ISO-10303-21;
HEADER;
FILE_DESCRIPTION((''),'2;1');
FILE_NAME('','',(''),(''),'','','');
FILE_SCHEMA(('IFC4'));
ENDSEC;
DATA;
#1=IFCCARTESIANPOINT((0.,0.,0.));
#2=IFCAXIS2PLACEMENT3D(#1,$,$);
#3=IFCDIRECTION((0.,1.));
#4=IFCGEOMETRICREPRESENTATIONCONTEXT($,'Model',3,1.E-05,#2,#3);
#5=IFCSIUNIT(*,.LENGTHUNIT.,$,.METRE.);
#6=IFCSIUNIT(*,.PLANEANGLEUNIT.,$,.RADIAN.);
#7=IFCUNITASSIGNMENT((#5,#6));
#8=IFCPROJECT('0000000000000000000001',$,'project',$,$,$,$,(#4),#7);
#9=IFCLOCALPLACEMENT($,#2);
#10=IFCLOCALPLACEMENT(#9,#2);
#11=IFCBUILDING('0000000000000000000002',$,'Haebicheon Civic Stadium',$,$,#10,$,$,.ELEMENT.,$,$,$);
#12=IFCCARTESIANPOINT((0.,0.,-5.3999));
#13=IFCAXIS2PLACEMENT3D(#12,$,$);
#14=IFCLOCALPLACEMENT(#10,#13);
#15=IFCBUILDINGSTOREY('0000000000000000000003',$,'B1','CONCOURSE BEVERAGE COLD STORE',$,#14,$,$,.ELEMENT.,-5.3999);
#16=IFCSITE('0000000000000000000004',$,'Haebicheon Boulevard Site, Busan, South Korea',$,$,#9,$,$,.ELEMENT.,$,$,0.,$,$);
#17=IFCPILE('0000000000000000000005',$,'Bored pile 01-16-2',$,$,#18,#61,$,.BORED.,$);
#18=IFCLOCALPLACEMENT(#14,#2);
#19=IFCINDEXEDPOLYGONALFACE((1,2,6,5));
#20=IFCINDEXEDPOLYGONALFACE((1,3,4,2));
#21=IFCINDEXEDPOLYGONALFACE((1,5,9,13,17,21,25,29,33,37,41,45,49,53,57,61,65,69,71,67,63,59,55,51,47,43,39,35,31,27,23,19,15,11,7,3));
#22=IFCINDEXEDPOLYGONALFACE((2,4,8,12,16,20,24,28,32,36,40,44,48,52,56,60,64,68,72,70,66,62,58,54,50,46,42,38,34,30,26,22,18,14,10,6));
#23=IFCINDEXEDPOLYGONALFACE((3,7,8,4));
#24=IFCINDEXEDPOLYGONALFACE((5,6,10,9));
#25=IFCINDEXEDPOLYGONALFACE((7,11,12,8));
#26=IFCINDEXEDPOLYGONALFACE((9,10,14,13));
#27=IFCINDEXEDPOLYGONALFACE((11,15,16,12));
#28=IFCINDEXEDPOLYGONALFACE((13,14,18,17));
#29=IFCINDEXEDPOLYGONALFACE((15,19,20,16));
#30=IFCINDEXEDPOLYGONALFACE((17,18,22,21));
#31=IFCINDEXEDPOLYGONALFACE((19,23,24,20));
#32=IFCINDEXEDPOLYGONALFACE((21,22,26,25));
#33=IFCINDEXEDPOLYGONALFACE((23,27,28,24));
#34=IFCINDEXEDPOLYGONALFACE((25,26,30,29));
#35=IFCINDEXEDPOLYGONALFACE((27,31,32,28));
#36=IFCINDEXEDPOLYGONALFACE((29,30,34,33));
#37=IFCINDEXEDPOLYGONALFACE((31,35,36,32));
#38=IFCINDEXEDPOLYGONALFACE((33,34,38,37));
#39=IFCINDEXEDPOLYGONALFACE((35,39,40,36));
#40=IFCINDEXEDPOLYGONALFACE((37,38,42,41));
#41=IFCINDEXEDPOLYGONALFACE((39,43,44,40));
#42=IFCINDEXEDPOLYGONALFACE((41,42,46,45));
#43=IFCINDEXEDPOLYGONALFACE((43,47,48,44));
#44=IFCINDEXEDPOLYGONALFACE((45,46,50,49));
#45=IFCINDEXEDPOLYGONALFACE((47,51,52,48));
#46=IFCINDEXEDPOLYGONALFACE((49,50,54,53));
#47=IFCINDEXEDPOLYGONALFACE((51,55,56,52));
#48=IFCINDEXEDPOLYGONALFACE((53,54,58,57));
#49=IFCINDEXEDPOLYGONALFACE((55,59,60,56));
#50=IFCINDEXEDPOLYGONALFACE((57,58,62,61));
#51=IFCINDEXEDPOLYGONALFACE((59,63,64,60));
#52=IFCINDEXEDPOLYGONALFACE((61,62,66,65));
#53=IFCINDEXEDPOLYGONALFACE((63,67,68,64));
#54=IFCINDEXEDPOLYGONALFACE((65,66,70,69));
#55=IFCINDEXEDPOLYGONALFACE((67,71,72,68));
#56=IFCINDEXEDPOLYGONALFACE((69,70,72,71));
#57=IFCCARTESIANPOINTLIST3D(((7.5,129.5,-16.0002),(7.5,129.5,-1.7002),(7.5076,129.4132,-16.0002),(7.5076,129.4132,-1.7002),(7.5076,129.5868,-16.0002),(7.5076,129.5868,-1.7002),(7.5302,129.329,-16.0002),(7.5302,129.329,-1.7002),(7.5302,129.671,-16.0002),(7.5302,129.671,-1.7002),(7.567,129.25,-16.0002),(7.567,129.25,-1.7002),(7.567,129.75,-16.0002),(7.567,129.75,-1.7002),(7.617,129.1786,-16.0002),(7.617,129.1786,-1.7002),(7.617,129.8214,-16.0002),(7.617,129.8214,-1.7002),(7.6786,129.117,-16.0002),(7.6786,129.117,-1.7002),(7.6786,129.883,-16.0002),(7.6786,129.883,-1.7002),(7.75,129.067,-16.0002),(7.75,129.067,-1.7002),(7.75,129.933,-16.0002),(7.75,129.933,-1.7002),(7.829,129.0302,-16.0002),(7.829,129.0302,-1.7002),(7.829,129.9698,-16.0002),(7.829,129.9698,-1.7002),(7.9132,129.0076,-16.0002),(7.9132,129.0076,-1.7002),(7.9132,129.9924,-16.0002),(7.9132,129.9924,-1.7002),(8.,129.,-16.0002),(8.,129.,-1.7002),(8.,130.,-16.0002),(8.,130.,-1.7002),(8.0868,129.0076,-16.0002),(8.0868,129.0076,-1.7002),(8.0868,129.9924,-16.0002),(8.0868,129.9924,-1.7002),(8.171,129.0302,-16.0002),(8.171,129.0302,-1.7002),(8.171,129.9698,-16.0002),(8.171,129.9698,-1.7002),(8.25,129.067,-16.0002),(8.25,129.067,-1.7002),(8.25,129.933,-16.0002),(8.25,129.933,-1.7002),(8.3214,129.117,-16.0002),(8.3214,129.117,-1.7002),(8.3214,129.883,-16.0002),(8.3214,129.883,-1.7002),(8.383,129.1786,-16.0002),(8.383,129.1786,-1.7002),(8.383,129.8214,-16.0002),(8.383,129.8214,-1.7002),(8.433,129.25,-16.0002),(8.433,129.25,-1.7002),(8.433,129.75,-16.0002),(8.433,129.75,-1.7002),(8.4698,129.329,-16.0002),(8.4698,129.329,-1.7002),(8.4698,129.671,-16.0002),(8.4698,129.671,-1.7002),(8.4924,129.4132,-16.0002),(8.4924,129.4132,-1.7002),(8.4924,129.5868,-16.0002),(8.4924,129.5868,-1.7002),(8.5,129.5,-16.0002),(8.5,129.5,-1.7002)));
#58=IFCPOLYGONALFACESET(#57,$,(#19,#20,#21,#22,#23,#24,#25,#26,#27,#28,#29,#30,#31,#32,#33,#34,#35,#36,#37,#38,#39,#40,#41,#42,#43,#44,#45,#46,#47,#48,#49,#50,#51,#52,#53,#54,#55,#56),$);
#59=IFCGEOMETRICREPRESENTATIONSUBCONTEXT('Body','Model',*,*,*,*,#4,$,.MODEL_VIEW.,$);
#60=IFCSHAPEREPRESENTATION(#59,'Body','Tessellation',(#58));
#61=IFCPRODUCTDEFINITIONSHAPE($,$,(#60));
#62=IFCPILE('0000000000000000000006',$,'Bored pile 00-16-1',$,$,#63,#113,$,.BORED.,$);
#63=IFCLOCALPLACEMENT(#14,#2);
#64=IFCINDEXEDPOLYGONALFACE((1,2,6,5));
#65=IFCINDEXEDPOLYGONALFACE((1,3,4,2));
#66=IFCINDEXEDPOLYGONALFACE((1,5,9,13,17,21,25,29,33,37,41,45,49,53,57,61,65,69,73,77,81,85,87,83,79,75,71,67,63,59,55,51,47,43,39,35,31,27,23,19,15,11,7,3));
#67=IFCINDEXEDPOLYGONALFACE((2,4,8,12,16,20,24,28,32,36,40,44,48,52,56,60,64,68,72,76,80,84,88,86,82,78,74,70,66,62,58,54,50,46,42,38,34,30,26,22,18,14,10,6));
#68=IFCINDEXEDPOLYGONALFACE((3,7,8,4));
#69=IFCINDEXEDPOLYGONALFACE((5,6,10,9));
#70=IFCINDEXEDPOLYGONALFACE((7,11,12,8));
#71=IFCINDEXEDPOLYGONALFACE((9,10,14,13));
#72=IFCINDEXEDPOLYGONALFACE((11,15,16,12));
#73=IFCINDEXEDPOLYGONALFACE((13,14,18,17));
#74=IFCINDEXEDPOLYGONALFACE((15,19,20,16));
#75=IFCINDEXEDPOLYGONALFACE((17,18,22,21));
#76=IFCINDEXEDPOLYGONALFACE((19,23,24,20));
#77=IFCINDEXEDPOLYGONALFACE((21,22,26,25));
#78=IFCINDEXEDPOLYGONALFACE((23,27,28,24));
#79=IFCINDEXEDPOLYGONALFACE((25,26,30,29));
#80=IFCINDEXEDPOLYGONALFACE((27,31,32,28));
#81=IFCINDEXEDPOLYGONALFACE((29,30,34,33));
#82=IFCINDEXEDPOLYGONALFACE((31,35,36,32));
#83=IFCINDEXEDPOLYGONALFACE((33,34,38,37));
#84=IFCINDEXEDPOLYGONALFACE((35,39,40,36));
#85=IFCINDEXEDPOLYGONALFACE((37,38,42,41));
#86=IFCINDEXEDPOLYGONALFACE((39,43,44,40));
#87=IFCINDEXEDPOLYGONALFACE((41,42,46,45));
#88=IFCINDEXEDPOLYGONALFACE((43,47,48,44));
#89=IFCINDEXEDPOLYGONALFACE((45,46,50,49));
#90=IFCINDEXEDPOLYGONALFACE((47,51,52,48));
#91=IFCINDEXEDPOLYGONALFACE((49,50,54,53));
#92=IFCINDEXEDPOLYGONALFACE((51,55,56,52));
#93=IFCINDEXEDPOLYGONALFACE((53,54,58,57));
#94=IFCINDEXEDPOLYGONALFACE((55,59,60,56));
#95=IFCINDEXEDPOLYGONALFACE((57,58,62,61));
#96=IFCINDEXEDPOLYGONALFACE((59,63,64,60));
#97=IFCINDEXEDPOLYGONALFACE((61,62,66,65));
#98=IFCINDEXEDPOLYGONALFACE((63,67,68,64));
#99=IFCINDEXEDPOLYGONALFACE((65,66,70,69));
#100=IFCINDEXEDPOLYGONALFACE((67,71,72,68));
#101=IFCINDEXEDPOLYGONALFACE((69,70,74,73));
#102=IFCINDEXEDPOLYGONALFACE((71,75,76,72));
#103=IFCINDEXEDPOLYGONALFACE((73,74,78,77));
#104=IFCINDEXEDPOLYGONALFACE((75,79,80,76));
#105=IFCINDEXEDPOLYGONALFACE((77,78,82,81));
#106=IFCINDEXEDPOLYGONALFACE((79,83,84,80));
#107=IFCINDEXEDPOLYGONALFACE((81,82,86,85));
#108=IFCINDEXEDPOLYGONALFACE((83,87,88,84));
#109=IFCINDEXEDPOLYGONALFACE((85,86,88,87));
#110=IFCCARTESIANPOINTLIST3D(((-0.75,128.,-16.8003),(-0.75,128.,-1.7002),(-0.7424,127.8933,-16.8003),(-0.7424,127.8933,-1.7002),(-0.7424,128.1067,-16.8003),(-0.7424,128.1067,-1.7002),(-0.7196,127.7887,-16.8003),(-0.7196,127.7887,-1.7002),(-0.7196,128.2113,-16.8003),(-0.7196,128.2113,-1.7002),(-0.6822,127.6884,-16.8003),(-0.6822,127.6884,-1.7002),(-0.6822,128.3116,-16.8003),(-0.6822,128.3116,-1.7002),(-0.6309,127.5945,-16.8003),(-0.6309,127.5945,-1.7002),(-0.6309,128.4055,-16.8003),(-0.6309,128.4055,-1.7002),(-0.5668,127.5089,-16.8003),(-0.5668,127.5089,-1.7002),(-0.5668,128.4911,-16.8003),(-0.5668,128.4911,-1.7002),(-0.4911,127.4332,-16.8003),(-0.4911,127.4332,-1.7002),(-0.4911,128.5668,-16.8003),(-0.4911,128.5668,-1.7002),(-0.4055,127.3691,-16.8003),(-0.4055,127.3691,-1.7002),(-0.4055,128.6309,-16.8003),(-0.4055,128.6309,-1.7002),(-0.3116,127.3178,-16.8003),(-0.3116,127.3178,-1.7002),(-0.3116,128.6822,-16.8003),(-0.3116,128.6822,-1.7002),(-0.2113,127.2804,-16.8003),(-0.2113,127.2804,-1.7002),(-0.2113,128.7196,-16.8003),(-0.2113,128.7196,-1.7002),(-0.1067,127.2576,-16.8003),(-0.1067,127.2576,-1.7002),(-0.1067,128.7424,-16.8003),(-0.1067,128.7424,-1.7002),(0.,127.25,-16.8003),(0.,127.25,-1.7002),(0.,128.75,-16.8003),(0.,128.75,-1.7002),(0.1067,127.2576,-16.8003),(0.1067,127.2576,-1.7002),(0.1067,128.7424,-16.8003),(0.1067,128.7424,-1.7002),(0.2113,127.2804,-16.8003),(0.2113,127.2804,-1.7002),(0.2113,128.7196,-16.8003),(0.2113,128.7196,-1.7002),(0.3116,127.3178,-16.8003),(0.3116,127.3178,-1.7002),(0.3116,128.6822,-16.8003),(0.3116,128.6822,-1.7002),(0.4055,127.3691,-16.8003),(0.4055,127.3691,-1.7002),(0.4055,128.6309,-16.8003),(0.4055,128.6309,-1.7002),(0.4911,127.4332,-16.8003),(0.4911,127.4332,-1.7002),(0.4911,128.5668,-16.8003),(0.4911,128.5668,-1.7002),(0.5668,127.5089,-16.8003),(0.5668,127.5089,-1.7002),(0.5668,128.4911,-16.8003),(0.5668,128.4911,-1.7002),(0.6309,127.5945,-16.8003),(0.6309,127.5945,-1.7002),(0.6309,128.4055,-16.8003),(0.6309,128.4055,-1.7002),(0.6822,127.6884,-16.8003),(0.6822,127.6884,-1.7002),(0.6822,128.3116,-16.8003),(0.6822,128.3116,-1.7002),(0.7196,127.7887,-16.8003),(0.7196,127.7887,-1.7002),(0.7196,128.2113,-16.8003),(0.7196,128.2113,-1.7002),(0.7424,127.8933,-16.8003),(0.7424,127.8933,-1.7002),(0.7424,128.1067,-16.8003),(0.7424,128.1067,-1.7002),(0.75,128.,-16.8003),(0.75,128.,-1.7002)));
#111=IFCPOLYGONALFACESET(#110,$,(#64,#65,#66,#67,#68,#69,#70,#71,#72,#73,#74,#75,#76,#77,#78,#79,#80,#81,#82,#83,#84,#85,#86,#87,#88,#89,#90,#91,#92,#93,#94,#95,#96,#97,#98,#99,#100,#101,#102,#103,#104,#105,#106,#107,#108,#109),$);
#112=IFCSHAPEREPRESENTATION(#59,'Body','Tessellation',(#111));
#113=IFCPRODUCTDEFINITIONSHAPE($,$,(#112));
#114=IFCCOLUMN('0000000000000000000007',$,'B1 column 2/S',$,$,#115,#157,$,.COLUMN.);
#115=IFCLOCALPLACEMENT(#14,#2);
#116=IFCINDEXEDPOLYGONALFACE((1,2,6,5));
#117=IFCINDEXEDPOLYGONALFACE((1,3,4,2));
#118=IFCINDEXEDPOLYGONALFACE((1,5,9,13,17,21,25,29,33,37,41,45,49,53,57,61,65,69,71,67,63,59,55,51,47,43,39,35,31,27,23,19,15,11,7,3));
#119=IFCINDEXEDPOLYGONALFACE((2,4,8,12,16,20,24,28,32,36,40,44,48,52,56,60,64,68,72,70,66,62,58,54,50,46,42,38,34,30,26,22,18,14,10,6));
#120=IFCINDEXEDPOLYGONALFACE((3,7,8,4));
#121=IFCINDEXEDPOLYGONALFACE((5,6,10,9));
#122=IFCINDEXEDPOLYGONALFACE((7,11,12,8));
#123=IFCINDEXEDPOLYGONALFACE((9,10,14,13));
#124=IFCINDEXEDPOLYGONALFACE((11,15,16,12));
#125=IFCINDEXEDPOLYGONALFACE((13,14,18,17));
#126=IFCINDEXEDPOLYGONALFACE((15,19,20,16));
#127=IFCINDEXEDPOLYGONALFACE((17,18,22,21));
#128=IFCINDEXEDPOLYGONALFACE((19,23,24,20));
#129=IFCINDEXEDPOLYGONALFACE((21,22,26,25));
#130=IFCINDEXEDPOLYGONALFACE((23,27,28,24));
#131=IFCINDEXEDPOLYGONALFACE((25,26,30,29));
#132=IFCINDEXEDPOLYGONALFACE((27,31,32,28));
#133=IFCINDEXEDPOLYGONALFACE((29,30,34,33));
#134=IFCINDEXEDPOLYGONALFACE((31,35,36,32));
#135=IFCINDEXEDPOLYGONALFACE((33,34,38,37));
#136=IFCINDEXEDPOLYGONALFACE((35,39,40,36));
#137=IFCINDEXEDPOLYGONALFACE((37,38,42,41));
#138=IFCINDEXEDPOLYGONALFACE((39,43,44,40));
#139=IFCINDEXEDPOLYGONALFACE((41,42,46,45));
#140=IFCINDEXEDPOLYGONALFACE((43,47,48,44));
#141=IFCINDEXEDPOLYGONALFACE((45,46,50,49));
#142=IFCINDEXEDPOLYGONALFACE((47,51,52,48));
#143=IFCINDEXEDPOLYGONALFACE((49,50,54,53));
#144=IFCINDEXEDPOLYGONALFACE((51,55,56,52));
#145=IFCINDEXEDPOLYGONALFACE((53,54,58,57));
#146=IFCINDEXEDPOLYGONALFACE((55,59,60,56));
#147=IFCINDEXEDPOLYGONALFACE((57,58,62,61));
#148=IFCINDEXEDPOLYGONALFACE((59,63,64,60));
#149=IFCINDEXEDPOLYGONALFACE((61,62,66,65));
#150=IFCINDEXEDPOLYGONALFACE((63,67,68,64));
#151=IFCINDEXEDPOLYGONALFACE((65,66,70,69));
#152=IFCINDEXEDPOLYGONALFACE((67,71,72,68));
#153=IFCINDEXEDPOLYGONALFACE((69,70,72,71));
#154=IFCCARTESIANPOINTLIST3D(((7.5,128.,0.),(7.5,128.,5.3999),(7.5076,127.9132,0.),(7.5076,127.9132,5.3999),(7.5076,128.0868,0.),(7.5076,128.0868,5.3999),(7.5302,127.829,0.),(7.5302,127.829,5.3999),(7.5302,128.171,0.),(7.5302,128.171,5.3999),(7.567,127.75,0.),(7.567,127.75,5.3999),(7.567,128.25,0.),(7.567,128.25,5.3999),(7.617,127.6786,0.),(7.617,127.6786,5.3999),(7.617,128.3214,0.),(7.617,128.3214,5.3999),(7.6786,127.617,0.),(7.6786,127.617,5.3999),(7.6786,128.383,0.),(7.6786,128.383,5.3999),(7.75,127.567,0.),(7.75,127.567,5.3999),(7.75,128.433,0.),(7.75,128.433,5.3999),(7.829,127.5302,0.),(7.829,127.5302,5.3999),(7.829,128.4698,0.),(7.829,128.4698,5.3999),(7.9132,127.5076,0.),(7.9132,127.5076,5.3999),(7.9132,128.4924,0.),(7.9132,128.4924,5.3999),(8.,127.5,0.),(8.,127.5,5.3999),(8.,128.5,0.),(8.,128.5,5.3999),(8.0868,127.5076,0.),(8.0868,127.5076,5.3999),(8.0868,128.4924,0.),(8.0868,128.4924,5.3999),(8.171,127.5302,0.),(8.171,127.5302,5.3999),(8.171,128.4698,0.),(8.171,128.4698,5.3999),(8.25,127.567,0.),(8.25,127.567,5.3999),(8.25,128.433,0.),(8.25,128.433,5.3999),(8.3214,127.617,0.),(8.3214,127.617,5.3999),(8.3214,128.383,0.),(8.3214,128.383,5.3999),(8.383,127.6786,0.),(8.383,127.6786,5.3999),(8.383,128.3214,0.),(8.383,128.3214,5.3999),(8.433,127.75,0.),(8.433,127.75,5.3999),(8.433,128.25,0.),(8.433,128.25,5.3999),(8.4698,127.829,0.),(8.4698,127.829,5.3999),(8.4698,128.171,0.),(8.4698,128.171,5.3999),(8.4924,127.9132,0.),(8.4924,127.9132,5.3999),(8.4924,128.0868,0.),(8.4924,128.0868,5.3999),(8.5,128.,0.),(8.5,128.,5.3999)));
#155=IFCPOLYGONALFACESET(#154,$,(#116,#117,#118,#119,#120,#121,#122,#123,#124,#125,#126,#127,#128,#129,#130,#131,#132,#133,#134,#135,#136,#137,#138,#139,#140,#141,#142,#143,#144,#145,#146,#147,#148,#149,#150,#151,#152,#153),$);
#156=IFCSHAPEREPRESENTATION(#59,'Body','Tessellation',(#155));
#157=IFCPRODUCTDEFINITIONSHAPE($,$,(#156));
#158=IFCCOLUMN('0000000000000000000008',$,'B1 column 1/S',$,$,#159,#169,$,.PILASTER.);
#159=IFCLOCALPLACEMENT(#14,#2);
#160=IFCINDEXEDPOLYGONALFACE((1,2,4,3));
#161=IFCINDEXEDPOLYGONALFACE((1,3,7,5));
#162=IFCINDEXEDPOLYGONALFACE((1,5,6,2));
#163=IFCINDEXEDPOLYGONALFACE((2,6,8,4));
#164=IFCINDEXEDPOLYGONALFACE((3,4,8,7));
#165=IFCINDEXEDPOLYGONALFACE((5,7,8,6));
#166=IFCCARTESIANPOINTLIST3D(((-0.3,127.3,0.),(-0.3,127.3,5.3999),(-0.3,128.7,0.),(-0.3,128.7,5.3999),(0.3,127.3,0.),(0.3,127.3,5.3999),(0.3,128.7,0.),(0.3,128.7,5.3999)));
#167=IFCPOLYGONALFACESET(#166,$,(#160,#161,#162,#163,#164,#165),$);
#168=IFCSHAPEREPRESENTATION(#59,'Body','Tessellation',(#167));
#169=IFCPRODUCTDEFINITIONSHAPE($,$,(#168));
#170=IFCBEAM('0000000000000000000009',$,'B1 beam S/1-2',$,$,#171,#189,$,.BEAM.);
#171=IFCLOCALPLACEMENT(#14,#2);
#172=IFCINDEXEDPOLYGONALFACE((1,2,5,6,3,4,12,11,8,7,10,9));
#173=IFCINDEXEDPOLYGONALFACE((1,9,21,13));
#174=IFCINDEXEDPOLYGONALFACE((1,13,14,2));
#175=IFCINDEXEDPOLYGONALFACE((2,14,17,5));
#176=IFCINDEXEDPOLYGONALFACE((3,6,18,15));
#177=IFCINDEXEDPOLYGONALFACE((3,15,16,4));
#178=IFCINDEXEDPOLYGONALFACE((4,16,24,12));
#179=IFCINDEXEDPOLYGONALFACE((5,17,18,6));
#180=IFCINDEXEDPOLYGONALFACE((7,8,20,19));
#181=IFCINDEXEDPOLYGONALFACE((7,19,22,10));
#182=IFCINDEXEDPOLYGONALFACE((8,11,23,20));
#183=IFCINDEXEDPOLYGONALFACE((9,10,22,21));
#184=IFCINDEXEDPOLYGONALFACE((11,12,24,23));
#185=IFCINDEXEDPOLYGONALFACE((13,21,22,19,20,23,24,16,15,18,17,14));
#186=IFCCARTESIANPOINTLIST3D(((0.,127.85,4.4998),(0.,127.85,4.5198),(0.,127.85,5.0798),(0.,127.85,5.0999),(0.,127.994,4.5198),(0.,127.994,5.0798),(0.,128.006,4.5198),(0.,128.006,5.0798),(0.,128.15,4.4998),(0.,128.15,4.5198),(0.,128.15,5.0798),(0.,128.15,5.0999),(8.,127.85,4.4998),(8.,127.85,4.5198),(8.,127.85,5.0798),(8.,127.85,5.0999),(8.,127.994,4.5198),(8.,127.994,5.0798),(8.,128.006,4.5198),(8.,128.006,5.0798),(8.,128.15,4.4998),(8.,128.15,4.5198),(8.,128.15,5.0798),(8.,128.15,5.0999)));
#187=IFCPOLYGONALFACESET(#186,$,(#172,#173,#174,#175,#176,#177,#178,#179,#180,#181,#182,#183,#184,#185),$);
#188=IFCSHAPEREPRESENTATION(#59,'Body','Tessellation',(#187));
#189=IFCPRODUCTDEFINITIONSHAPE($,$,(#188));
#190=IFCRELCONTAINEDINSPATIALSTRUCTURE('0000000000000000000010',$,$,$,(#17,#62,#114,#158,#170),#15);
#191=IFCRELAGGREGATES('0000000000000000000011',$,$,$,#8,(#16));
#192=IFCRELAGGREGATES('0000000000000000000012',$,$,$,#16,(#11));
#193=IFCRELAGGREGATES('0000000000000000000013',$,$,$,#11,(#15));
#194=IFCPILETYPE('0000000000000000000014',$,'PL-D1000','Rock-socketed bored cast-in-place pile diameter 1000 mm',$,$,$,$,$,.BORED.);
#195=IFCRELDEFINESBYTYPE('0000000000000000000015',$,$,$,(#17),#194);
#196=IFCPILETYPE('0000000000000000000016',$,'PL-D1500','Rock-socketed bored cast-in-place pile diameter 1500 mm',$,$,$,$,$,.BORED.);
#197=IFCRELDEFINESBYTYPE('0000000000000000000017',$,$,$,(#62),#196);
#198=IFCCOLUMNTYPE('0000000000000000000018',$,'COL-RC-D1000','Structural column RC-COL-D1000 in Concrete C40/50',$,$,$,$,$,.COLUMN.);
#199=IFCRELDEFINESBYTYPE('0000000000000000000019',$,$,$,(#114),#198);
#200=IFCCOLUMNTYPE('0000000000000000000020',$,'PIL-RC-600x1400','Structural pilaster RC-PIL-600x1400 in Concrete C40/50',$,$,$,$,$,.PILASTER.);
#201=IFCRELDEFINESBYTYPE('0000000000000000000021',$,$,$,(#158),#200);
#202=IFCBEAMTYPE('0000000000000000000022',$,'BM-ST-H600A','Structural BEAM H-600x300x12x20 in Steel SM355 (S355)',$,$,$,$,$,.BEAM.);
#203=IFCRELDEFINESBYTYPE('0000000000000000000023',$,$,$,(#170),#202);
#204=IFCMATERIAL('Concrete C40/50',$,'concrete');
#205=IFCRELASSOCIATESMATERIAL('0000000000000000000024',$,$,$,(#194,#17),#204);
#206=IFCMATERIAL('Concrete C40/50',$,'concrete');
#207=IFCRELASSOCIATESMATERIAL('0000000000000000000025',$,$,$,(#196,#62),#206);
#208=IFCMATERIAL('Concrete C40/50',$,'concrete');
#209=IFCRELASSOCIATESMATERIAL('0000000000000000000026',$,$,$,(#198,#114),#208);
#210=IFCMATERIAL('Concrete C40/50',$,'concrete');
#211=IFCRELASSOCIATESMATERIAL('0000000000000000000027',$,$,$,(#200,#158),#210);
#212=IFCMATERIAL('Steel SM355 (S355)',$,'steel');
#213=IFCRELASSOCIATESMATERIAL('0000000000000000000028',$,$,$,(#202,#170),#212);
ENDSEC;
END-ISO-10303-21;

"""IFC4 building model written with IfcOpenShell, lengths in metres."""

from ifc_helpers import new_model, si_unit, direction, frame, origin, origin_2d, place, context, subcontext, project, spatial, rectangle, circle, i_section, extrude, material, material_profile, profile_set, type_object, element, save


model = new_model("IFC4")

# Units and contexts
model_context = context("Model", 3, precision=1e-05, world=origin(), true_north=direction((0.0, 1.0)))
body_context = subcontext(model_context, "Body", "Model", "MODEL_VIEW")
ifc_project = project(units=[si_unit("LENGTHUNIT", "METRE"), si_unit("PLANEANGLEUNIT", "RADIAN")], contexts=[model_context])

# Site, building, storey
site_placement = place(None, origin())
site = spatial("IfcSite", under=ifc_project, at=site_placement, Name="Haebicheon Boulevard Site, Busan, South Korea", CompositionType="ELEMENT", RefElevation=0.0)
building_placement = place(site_placement, origin())
building = spatial("IfcBuilding", under=site, at=building_placement, Name="Haebicheon Civic Stadium", CompositionType="ELEMENT")
storey_placement = place(building_placement, frame((0.0, 0.0, -5.3999)))
storey = spatial("IfcBuildingStorey", under=building, at=storey_placement, Name="B1", Description="CONCOURSE BEVERAGE COLD STORE", CompositionType="ELEMENT", Elevation=-5.3999)

# Piles
ifc_material_1 = material(Name="Concrete C40/50", Category="concrete")
ifc_material_profile_1 = material_profile(ifc_material_1, circle(Radius=0.5, at=origin_2d()), Name="PILE-D1000")
ifc_profile_set_1 = profile_set([ifc_material_profile_1], Name="Concrete C40/50")
pile_type_1 = type_object("IfcPileType", Name="PL-D1000", Description="Rock-socketed bored cast-in-place pile diameter 1000 mm", PredefinedType="BORED", material=ifc_profile_set_1)
for number, where, z_axis, x_axis, name in (
    (1, (8.0, 129.5, -1.7002), (0.0, 0.0, -1.0), (1.0, 0.0, 0.0), "Bored pile 01-16-2"),
):
    element("IfcPile", number, at=place(storey_placement, frame(where, z_axis=z_axis, x_axis=x_axis)), inside=storey, type_object=pile_type_1, material=ifc_profile_set_1, Name=name, PredefinedType="BORED", context=body_context, shape_type="SweptSolid", body=[
        extrude(circle(Radius=0.5, at=origin_2d()), origin(), (0.0, 0.0, 1.0), 14.3),
    ])
ifc_material_2 = material(Name="Concrete C40/50", Category="concrete")
ifc_material_profile_2 = material_profile(ifc_material_2, circle(Radius=0.75, at=origin_2d()), Name="PILE-D1500")
ifc_profile_set_2 = profile_set([ifc_material_profile_2], Name="Concrete C40/50")
pile_type_2 = type_object("IfcPileType", Name="PL-D1500", Description="Rock-socketed bored cast-in-place pile diameter 1500 mm", PredefinedType="BORED", material=ifc_profile_set_2)
pile_placement = place(storey_placement, frame((0.0, 128.0, -1.7002), z_axis=(0.0, 0.0, -1.0), x_axis=(1.0, 0.0, 0.0)))
element("IfcPile", 2, at=pile_placement, inside=storey, type_object=pile_type_2, material=ifc_profile_set_2, Name="Bored pile 00-16-1", PredefinedType="BORED", context=body_context, shape_type="SweptSolid", body=[
    extrude(circle(Radius=0.75, at=origin_2d()), origin(), (0.0, 0.0, 1.0), 15.1001),
])

# Columns
ifc_material_3 = material(Name="Concrete C40/50", Category="concrete")
ifc_material_profile_3 = material_profile(ifc_material_3, circle(Radius=0.5, at=origin_2d()), Name="RC-COL-D1000")
ifc_profile_set_3 = profile_set([ifc_material_profile_3], Name="Concrete C40/50")
column_type_1 = type_object("IfcColumnType", Name="COL-RC-D1000", Description="Structural column RC-COL-D1000 in Concrete C40/50", PredefinedType="COLUMN", material=ifc_profile_set_3)
column_1_placement = place(storey_placement, frame((8.0, 128.0, 0.0), z_axis=(0.0, 0.0, 1.0), x_axis=(1.0, 0.0, 0.0)))
element("IfcColumn", 3, at=column_1_placement, inside=storey, type_object=column_type_1, material=ifc_profile_set_3, Name="B1 column 2/S", PredefinedType="COLUMN", context=body_context, shape_type="SweptSolid", body=[
    extrude(circle(Radius=0.5, at=origin_2d()), origin(), (0.0, 0.0, 1.0), 5.3999),
])
ifc_material_4 = material(Name="Concrete C40/50", Category="concrete")
ifc_material_profile_4 = material_profile(ifc_material_4, rectangle(XDim=0.6001, YDim=1.3999, at=origin_2d()), Name="RC-PIL-600x1400")
ifc_profile_set_4 = profile_set([ifc_material_profile_4], Name="Concrete C40/50")
column_type_2 = type_object("IfcColumnType", Name="PIL-RC-600x1400", Description="Structural pilaster RC-PIL-600x1400 in Concrete C40/50", PredefinedType="PILASTER", material=ifc_profile_set_4)
column_2_placement = place(storey_placement, frame((0.0, 128.0, 0.0), z_axis=(0.0, 0.0, 1.0), x_axis=(1.0, 0.0, 0.0)))
element("IfcColumn", 4, at=column_2_placement, inside=storey, type_object=column_type_2, material=ifc_profile_set_4, Name="B1 column 1/S", PredefinedType="PILASTER", context=body_context, shape_type="SweptSolid", body=[
    extrude(rectangle(XDim=0.6001, YDim=1.3999, at=origin_2d()), origin(), (0.0, 0.0, 1.0), 5.3999),
])

# Beam
ifc_material_5 = material(Name="Steel SM355 (S355)", Category="steel")
ifc_material_profile_5 = material_profile(ifc_material_5, i_section(OverallWidth=0.3, OverallDepth=0.6001, WebThickness=0.012, FlangeThickness=0.02, at=origin_2d()), Name="H-600x300x12x20")
ifc_profile_set_5 = profile_set([ifc_material_profile_5], Name="Steel SM355 (S355)")
beam_type_1 = type_object("IfcBeamType", Name="BM-ST-H600A", Description="Structural BEAM H-600x300x12x20 in Steel SM355 (S355)", PredefinedType="BEAM", material=ifc_profile_set_5)
for number, where, z_axis, x_axis, name in (
    (5, (0.0, 128.0, 4.7998), (1.0, 0.0, 0.0), (0.0, 1.0, 0.0), "B1 beam S/1-2"),
):
    element("IfcBeam", number, at=place(storey_placement, frame(where, z_axis=z_axis, x_axis=x_axis)), inside=storey, type_object=beam_type_1, material=ifc_profile_set_5, Name=name, PredefinedType="BEAM", context=body_context, shape_type="SweptSolid", body=[
        extrude(i_section(OverallWidth=0.3, OverallDepth=0.6001, WebThickness=0.012, FlangeThickness=0.02, at=origin_2d()), origin(), (0.0, 0.0, 1.0), 8.0),
    ])

save(model, "model.ifc")
